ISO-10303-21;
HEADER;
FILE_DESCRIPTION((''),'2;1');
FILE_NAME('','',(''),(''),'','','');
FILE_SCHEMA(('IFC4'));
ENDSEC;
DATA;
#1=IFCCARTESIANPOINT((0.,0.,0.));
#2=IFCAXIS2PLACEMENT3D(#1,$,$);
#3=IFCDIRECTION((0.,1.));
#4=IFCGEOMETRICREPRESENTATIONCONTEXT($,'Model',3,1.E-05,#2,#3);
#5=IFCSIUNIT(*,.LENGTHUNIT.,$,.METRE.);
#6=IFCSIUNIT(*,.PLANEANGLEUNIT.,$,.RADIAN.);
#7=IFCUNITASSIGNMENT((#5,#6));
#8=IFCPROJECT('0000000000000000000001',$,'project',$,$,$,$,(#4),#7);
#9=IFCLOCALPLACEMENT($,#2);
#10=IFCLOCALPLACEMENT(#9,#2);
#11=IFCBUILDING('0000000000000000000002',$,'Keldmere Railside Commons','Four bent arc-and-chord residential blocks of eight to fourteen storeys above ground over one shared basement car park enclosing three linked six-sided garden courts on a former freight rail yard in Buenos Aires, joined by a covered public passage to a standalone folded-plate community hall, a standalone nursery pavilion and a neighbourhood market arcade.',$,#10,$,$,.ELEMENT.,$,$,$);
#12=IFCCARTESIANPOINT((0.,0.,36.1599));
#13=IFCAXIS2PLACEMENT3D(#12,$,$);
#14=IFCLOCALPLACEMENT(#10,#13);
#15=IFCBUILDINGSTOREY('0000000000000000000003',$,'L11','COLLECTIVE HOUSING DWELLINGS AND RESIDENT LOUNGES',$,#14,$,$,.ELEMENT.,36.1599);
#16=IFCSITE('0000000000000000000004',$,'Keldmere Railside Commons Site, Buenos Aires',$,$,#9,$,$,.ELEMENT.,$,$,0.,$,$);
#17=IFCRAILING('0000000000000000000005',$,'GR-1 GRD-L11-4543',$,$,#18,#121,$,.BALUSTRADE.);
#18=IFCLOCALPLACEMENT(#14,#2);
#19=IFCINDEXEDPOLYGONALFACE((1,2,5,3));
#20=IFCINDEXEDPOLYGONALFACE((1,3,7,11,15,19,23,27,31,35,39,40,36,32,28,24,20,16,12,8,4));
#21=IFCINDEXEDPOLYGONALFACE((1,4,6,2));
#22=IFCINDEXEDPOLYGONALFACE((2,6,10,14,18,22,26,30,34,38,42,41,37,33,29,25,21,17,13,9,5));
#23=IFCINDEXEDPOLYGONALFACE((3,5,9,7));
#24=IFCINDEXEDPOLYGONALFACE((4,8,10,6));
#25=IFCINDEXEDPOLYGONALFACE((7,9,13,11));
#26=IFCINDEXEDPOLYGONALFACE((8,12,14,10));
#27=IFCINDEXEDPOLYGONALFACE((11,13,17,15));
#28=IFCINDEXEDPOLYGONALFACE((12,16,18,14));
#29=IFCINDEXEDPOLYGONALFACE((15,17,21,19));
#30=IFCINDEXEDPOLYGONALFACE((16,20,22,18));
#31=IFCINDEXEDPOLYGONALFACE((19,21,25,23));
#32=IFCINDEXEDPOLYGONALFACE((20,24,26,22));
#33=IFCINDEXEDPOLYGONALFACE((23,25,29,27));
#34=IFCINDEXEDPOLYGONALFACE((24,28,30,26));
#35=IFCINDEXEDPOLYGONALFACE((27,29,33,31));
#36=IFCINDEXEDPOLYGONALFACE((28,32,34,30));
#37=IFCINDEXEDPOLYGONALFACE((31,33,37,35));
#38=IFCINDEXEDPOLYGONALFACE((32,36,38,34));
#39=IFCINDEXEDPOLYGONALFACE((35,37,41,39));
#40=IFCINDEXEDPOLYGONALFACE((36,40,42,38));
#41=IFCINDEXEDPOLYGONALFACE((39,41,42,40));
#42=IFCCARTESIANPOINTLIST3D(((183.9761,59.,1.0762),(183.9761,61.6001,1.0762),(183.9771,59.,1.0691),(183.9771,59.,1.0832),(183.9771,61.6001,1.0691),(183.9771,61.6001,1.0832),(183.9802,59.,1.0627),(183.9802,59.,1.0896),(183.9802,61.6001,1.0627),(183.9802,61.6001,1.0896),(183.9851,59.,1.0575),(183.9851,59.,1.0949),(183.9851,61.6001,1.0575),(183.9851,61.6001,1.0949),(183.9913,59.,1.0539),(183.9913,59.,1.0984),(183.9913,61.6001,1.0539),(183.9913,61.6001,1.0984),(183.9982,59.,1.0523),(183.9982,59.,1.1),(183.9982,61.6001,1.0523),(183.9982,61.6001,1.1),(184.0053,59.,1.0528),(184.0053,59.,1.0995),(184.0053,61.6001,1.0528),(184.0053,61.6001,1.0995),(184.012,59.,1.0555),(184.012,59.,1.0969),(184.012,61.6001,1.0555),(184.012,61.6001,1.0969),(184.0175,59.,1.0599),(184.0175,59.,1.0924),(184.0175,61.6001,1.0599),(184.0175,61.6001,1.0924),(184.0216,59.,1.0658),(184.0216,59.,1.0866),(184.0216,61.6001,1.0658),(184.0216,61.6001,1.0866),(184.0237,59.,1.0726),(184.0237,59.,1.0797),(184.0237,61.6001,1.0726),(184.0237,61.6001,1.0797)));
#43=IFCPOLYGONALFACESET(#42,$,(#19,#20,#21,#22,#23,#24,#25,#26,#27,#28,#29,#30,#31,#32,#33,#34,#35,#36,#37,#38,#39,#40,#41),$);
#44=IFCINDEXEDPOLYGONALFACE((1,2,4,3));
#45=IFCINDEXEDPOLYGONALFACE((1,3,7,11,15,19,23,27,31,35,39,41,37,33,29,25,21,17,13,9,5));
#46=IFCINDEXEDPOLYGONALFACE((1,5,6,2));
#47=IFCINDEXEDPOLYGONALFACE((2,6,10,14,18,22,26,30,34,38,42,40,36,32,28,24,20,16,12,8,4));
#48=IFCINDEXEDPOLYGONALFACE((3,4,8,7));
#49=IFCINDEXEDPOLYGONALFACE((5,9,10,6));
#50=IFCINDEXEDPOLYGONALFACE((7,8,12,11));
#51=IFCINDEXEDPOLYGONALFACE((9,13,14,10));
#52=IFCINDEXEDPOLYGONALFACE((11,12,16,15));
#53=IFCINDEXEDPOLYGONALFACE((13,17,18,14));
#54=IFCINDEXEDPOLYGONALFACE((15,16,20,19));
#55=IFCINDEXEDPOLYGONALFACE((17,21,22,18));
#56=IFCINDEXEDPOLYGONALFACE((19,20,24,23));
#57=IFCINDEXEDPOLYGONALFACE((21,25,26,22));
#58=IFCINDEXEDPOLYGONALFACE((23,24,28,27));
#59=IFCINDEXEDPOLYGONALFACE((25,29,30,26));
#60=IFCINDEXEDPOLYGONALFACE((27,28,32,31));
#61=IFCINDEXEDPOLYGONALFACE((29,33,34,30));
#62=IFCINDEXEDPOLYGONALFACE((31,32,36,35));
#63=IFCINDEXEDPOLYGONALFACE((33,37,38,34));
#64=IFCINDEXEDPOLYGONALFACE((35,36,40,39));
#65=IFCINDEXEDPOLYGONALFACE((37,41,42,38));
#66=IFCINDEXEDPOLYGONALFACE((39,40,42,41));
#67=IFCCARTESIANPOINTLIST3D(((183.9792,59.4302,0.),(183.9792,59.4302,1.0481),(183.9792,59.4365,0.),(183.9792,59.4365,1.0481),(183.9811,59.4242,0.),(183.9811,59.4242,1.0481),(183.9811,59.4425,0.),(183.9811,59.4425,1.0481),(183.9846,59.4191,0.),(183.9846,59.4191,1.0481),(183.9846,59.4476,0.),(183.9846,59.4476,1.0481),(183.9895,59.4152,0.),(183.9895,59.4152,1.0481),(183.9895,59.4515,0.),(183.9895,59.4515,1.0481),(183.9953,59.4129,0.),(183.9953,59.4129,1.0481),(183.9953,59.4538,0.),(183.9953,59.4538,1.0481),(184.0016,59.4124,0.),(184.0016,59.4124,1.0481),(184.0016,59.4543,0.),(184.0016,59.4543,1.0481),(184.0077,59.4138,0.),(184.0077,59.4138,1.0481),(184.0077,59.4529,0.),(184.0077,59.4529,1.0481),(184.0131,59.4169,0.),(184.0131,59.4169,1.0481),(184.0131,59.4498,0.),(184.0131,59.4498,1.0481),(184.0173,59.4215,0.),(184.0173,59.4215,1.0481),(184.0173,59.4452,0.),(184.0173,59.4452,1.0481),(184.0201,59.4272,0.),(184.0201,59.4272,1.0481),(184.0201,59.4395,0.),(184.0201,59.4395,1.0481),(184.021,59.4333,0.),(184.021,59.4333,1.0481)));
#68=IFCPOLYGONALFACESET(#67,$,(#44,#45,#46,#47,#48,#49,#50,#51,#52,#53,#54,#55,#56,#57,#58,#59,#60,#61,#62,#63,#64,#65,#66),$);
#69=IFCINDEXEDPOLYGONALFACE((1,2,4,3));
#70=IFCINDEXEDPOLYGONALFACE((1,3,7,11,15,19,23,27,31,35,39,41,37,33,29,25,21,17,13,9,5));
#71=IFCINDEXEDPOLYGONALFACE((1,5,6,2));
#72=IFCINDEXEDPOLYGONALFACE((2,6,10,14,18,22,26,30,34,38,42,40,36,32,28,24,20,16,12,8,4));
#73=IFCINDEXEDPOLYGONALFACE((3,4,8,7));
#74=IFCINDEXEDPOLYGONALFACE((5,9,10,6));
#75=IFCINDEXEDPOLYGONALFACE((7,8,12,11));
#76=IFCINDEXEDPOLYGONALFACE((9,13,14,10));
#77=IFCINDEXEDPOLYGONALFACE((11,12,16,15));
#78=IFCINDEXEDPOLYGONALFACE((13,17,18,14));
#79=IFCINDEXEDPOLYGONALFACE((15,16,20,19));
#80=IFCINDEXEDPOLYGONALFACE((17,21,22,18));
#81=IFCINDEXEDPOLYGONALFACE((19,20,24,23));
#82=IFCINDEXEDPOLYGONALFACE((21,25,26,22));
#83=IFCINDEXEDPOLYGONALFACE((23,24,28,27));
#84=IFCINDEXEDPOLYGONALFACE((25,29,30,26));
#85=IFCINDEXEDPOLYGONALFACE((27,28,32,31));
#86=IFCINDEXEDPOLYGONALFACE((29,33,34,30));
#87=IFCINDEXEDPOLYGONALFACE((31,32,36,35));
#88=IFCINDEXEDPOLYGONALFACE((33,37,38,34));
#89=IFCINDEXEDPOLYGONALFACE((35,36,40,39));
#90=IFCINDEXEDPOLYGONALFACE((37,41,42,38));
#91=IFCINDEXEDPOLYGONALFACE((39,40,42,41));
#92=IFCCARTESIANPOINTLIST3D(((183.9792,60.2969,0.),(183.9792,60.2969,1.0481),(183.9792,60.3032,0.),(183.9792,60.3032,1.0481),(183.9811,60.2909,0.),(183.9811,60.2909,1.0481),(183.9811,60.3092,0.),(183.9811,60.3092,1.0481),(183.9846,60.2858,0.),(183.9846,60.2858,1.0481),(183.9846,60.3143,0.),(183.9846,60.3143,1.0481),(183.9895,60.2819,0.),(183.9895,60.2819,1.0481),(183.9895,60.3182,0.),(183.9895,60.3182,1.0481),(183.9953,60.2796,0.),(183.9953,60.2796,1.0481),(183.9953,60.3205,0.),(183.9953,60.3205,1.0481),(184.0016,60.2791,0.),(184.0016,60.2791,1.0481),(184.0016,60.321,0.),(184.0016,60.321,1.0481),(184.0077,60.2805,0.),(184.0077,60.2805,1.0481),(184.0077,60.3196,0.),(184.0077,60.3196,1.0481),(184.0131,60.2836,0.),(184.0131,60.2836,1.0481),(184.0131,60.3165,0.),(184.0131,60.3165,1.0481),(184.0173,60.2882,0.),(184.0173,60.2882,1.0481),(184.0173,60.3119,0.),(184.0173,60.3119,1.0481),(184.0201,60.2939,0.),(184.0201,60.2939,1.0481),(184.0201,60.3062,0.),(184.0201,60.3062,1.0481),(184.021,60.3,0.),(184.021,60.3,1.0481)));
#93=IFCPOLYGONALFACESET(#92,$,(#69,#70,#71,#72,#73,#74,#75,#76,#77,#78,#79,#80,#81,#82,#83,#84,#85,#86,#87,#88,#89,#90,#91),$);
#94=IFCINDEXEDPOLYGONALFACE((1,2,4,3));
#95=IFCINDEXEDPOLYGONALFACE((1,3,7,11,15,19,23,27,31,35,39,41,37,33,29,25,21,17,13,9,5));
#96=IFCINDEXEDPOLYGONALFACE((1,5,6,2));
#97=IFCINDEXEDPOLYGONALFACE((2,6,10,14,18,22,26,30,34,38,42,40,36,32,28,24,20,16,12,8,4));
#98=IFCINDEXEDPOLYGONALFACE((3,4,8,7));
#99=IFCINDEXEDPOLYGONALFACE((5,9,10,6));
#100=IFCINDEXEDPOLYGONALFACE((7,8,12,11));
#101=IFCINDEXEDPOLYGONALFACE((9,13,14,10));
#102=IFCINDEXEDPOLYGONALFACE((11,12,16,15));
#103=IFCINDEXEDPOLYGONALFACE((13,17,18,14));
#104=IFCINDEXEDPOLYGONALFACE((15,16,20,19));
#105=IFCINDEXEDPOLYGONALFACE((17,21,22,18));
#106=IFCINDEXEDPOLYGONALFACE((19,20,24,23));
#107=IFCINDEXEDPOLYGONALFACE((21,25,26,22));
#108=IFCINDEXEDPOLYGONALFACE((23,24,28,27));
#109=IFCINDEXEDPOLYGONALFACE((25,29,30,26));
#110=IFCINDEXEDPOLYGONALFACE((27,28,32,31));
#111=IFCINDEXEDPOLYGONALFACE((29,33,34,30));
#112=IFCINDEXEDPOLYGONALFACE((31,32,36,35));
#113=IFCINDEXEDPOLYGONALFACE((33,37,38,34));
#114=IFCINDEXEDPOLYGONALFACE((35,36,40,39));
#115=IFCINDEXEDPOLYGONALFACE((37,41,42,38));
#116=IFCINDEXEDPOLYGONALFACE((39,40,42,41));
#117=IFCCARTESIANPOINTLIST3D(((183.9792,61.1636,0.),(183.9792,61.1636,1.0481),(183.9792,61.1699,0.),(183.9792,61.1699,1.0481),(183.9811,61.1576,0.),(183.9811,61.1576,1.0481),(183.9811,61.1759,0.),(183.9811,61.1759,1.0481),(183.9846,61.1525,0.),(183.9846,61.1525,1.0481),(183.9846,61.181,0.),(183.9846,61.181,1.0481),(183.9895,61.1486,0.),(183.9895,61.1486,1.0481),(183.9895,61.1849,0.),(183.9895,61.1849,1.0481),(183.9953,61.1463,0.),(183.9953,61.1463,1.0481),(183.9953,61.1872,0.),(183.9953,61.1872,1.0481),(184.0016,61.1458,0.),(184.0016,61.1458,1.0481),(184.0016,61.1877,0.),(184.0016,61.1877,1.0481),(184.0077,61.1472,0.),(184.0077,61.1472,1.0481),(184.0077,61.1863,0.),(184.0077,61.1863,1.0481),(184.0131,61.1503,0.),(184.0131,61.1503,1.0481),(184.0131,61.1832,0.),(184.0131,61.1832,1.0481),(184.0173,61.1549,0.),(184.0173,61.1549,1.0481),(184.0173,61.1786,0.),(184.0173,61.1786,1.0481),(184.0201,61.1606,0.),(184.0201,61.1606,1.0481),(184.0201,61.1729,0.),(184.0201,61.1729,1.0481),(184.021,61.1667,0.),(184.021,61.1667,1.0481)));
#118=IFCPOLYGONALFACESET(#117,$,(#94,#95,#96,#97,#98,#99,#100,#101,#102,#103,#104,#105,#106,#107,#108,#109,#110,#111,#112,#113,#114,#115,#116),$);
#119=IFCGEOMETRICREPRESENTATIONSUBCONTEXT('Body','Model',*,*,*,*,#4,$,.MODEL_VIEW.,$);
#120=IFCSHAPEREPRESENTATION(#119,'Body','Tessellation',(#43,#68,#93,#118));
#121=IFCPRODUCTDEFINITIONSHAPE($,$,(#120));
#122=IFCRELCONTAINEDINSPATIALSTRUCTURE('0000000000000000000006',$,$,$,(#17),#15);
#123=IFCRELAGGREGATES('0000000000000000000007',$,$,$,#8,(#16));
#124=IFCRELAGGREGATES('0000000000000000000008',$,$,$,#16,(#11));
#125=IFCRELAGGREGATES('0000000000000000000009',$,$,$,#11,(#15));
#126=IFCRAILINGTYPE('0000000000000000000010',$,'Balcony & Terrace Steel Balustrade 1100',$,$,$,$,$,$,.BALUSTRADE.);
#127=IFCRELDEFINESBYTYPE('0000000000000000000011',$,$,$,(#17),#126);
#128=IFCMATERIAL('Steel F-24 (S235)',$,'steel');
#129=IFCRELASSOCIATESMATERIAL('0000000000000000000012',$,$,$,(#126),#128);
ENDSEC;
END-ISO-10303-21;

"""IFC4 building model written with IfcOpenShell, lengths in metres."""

from ifc_helpers import new_model, si_unit, direction, frame, origin, origin_2d, place, context, subcontext, project, spatial, circle, extrude, material, type_object, element, save


model = new_model("IFC4")

# Units and contexts
model_context = context("Model", 3, precision=1e-05, world=origin(), true_north=direction((0.0, 1.0)))
body_context = subcontext(model_context, "Body", "Model", "MODEL_VIEW")
ifc_project = project(units=[si_unit("LENGTHUNIT", "METRE"), si_unit("PLANEANGLEUNIT", "RADIAN")], contexts=[model_context])

# Site, building, storey
site_placement = place(None, origin())
site = spatial("IfcSite", under=ifc_project, at=site_placement, Name="Keldmere Railside Commons Site, Buenos Aires", CompositionType="ELEMENT", RefElevation=0.0)
building_placement = place(site_placement, origin())
building = spatial("IfcBuilding", under=site, at=building_placement, Name="Keldmere Railside Commons", Description="Four bent arc-and-chord residential blocks of eight to fourteen storeys above ground over one shared basement car park enclosing three linked six-sided garden courts on a former freight rail yard in Buenos Aires, joined by a covered public passage to a standalone folded-plate community hall, a standalone nursery pavilion and a neighbourhood market arcade.", CompositionType="ELEMENT")
storey_placement = place(building_placement, frame((0.0, 0.0, 36.1599)))
storey = spatial("IfcBuildingStorey", under=building, at=storey_placement, Name="L11", Description="COLLECTIVE HOUSING DWELLINGS AND RESIDENT LOUNGES", CompositionType="ELEMENT", Elevation=36.1599)

# Railing
ifc_material_1 = material(Name="Steel F-24 (S235)", Category="steel")
railing_type_1 = type_object("IfcRailingType", Name="Balcony & Terrace Steel Balustrade 1100", PredefinedType="BALUSTRADE", material=ifc_material_1)
railing_1_placement = place(storey_placement, frame((184.0, 59.0, 0.0)))
element("IfcRailing", 1, at=railing_1_placement, inside=storey, type_object=railing_type_1, Name="GR-1 GRD-L11-4543", PredefinedType="BALUSTRADE", context=body_context, shape_type="SweptSolid", body=[
    extrude(circle(Radius=0.0239, at=origin_2d()), frame((0.0, 0.0, 1.0762), z_axis=(0.0, 1.0, 0.0), x_axis=(-1.0, 0.0, 0.0)), (0.0, 0.0, 1.0), 2.6001),
    extrude(circle(Radius=0.021, at=origin_2d()), frame((0.0, 0.4333, 0.0)), (0.0, 0.0, 1.0), 1.0481),
    extrude(circle(Radius=0.021, at=origin_2d()), frame((0.0, 1.3, 0.0)), (0.0, 0.0, 1.0), 1.0481),
    extrude(circle(Radius=0.021, at=origin_2d()), frame((0.0, 2.1667, 0.0)), (0.0, 0.0, 1.0), 1.0481),
])

save(model, "model.ifc")
